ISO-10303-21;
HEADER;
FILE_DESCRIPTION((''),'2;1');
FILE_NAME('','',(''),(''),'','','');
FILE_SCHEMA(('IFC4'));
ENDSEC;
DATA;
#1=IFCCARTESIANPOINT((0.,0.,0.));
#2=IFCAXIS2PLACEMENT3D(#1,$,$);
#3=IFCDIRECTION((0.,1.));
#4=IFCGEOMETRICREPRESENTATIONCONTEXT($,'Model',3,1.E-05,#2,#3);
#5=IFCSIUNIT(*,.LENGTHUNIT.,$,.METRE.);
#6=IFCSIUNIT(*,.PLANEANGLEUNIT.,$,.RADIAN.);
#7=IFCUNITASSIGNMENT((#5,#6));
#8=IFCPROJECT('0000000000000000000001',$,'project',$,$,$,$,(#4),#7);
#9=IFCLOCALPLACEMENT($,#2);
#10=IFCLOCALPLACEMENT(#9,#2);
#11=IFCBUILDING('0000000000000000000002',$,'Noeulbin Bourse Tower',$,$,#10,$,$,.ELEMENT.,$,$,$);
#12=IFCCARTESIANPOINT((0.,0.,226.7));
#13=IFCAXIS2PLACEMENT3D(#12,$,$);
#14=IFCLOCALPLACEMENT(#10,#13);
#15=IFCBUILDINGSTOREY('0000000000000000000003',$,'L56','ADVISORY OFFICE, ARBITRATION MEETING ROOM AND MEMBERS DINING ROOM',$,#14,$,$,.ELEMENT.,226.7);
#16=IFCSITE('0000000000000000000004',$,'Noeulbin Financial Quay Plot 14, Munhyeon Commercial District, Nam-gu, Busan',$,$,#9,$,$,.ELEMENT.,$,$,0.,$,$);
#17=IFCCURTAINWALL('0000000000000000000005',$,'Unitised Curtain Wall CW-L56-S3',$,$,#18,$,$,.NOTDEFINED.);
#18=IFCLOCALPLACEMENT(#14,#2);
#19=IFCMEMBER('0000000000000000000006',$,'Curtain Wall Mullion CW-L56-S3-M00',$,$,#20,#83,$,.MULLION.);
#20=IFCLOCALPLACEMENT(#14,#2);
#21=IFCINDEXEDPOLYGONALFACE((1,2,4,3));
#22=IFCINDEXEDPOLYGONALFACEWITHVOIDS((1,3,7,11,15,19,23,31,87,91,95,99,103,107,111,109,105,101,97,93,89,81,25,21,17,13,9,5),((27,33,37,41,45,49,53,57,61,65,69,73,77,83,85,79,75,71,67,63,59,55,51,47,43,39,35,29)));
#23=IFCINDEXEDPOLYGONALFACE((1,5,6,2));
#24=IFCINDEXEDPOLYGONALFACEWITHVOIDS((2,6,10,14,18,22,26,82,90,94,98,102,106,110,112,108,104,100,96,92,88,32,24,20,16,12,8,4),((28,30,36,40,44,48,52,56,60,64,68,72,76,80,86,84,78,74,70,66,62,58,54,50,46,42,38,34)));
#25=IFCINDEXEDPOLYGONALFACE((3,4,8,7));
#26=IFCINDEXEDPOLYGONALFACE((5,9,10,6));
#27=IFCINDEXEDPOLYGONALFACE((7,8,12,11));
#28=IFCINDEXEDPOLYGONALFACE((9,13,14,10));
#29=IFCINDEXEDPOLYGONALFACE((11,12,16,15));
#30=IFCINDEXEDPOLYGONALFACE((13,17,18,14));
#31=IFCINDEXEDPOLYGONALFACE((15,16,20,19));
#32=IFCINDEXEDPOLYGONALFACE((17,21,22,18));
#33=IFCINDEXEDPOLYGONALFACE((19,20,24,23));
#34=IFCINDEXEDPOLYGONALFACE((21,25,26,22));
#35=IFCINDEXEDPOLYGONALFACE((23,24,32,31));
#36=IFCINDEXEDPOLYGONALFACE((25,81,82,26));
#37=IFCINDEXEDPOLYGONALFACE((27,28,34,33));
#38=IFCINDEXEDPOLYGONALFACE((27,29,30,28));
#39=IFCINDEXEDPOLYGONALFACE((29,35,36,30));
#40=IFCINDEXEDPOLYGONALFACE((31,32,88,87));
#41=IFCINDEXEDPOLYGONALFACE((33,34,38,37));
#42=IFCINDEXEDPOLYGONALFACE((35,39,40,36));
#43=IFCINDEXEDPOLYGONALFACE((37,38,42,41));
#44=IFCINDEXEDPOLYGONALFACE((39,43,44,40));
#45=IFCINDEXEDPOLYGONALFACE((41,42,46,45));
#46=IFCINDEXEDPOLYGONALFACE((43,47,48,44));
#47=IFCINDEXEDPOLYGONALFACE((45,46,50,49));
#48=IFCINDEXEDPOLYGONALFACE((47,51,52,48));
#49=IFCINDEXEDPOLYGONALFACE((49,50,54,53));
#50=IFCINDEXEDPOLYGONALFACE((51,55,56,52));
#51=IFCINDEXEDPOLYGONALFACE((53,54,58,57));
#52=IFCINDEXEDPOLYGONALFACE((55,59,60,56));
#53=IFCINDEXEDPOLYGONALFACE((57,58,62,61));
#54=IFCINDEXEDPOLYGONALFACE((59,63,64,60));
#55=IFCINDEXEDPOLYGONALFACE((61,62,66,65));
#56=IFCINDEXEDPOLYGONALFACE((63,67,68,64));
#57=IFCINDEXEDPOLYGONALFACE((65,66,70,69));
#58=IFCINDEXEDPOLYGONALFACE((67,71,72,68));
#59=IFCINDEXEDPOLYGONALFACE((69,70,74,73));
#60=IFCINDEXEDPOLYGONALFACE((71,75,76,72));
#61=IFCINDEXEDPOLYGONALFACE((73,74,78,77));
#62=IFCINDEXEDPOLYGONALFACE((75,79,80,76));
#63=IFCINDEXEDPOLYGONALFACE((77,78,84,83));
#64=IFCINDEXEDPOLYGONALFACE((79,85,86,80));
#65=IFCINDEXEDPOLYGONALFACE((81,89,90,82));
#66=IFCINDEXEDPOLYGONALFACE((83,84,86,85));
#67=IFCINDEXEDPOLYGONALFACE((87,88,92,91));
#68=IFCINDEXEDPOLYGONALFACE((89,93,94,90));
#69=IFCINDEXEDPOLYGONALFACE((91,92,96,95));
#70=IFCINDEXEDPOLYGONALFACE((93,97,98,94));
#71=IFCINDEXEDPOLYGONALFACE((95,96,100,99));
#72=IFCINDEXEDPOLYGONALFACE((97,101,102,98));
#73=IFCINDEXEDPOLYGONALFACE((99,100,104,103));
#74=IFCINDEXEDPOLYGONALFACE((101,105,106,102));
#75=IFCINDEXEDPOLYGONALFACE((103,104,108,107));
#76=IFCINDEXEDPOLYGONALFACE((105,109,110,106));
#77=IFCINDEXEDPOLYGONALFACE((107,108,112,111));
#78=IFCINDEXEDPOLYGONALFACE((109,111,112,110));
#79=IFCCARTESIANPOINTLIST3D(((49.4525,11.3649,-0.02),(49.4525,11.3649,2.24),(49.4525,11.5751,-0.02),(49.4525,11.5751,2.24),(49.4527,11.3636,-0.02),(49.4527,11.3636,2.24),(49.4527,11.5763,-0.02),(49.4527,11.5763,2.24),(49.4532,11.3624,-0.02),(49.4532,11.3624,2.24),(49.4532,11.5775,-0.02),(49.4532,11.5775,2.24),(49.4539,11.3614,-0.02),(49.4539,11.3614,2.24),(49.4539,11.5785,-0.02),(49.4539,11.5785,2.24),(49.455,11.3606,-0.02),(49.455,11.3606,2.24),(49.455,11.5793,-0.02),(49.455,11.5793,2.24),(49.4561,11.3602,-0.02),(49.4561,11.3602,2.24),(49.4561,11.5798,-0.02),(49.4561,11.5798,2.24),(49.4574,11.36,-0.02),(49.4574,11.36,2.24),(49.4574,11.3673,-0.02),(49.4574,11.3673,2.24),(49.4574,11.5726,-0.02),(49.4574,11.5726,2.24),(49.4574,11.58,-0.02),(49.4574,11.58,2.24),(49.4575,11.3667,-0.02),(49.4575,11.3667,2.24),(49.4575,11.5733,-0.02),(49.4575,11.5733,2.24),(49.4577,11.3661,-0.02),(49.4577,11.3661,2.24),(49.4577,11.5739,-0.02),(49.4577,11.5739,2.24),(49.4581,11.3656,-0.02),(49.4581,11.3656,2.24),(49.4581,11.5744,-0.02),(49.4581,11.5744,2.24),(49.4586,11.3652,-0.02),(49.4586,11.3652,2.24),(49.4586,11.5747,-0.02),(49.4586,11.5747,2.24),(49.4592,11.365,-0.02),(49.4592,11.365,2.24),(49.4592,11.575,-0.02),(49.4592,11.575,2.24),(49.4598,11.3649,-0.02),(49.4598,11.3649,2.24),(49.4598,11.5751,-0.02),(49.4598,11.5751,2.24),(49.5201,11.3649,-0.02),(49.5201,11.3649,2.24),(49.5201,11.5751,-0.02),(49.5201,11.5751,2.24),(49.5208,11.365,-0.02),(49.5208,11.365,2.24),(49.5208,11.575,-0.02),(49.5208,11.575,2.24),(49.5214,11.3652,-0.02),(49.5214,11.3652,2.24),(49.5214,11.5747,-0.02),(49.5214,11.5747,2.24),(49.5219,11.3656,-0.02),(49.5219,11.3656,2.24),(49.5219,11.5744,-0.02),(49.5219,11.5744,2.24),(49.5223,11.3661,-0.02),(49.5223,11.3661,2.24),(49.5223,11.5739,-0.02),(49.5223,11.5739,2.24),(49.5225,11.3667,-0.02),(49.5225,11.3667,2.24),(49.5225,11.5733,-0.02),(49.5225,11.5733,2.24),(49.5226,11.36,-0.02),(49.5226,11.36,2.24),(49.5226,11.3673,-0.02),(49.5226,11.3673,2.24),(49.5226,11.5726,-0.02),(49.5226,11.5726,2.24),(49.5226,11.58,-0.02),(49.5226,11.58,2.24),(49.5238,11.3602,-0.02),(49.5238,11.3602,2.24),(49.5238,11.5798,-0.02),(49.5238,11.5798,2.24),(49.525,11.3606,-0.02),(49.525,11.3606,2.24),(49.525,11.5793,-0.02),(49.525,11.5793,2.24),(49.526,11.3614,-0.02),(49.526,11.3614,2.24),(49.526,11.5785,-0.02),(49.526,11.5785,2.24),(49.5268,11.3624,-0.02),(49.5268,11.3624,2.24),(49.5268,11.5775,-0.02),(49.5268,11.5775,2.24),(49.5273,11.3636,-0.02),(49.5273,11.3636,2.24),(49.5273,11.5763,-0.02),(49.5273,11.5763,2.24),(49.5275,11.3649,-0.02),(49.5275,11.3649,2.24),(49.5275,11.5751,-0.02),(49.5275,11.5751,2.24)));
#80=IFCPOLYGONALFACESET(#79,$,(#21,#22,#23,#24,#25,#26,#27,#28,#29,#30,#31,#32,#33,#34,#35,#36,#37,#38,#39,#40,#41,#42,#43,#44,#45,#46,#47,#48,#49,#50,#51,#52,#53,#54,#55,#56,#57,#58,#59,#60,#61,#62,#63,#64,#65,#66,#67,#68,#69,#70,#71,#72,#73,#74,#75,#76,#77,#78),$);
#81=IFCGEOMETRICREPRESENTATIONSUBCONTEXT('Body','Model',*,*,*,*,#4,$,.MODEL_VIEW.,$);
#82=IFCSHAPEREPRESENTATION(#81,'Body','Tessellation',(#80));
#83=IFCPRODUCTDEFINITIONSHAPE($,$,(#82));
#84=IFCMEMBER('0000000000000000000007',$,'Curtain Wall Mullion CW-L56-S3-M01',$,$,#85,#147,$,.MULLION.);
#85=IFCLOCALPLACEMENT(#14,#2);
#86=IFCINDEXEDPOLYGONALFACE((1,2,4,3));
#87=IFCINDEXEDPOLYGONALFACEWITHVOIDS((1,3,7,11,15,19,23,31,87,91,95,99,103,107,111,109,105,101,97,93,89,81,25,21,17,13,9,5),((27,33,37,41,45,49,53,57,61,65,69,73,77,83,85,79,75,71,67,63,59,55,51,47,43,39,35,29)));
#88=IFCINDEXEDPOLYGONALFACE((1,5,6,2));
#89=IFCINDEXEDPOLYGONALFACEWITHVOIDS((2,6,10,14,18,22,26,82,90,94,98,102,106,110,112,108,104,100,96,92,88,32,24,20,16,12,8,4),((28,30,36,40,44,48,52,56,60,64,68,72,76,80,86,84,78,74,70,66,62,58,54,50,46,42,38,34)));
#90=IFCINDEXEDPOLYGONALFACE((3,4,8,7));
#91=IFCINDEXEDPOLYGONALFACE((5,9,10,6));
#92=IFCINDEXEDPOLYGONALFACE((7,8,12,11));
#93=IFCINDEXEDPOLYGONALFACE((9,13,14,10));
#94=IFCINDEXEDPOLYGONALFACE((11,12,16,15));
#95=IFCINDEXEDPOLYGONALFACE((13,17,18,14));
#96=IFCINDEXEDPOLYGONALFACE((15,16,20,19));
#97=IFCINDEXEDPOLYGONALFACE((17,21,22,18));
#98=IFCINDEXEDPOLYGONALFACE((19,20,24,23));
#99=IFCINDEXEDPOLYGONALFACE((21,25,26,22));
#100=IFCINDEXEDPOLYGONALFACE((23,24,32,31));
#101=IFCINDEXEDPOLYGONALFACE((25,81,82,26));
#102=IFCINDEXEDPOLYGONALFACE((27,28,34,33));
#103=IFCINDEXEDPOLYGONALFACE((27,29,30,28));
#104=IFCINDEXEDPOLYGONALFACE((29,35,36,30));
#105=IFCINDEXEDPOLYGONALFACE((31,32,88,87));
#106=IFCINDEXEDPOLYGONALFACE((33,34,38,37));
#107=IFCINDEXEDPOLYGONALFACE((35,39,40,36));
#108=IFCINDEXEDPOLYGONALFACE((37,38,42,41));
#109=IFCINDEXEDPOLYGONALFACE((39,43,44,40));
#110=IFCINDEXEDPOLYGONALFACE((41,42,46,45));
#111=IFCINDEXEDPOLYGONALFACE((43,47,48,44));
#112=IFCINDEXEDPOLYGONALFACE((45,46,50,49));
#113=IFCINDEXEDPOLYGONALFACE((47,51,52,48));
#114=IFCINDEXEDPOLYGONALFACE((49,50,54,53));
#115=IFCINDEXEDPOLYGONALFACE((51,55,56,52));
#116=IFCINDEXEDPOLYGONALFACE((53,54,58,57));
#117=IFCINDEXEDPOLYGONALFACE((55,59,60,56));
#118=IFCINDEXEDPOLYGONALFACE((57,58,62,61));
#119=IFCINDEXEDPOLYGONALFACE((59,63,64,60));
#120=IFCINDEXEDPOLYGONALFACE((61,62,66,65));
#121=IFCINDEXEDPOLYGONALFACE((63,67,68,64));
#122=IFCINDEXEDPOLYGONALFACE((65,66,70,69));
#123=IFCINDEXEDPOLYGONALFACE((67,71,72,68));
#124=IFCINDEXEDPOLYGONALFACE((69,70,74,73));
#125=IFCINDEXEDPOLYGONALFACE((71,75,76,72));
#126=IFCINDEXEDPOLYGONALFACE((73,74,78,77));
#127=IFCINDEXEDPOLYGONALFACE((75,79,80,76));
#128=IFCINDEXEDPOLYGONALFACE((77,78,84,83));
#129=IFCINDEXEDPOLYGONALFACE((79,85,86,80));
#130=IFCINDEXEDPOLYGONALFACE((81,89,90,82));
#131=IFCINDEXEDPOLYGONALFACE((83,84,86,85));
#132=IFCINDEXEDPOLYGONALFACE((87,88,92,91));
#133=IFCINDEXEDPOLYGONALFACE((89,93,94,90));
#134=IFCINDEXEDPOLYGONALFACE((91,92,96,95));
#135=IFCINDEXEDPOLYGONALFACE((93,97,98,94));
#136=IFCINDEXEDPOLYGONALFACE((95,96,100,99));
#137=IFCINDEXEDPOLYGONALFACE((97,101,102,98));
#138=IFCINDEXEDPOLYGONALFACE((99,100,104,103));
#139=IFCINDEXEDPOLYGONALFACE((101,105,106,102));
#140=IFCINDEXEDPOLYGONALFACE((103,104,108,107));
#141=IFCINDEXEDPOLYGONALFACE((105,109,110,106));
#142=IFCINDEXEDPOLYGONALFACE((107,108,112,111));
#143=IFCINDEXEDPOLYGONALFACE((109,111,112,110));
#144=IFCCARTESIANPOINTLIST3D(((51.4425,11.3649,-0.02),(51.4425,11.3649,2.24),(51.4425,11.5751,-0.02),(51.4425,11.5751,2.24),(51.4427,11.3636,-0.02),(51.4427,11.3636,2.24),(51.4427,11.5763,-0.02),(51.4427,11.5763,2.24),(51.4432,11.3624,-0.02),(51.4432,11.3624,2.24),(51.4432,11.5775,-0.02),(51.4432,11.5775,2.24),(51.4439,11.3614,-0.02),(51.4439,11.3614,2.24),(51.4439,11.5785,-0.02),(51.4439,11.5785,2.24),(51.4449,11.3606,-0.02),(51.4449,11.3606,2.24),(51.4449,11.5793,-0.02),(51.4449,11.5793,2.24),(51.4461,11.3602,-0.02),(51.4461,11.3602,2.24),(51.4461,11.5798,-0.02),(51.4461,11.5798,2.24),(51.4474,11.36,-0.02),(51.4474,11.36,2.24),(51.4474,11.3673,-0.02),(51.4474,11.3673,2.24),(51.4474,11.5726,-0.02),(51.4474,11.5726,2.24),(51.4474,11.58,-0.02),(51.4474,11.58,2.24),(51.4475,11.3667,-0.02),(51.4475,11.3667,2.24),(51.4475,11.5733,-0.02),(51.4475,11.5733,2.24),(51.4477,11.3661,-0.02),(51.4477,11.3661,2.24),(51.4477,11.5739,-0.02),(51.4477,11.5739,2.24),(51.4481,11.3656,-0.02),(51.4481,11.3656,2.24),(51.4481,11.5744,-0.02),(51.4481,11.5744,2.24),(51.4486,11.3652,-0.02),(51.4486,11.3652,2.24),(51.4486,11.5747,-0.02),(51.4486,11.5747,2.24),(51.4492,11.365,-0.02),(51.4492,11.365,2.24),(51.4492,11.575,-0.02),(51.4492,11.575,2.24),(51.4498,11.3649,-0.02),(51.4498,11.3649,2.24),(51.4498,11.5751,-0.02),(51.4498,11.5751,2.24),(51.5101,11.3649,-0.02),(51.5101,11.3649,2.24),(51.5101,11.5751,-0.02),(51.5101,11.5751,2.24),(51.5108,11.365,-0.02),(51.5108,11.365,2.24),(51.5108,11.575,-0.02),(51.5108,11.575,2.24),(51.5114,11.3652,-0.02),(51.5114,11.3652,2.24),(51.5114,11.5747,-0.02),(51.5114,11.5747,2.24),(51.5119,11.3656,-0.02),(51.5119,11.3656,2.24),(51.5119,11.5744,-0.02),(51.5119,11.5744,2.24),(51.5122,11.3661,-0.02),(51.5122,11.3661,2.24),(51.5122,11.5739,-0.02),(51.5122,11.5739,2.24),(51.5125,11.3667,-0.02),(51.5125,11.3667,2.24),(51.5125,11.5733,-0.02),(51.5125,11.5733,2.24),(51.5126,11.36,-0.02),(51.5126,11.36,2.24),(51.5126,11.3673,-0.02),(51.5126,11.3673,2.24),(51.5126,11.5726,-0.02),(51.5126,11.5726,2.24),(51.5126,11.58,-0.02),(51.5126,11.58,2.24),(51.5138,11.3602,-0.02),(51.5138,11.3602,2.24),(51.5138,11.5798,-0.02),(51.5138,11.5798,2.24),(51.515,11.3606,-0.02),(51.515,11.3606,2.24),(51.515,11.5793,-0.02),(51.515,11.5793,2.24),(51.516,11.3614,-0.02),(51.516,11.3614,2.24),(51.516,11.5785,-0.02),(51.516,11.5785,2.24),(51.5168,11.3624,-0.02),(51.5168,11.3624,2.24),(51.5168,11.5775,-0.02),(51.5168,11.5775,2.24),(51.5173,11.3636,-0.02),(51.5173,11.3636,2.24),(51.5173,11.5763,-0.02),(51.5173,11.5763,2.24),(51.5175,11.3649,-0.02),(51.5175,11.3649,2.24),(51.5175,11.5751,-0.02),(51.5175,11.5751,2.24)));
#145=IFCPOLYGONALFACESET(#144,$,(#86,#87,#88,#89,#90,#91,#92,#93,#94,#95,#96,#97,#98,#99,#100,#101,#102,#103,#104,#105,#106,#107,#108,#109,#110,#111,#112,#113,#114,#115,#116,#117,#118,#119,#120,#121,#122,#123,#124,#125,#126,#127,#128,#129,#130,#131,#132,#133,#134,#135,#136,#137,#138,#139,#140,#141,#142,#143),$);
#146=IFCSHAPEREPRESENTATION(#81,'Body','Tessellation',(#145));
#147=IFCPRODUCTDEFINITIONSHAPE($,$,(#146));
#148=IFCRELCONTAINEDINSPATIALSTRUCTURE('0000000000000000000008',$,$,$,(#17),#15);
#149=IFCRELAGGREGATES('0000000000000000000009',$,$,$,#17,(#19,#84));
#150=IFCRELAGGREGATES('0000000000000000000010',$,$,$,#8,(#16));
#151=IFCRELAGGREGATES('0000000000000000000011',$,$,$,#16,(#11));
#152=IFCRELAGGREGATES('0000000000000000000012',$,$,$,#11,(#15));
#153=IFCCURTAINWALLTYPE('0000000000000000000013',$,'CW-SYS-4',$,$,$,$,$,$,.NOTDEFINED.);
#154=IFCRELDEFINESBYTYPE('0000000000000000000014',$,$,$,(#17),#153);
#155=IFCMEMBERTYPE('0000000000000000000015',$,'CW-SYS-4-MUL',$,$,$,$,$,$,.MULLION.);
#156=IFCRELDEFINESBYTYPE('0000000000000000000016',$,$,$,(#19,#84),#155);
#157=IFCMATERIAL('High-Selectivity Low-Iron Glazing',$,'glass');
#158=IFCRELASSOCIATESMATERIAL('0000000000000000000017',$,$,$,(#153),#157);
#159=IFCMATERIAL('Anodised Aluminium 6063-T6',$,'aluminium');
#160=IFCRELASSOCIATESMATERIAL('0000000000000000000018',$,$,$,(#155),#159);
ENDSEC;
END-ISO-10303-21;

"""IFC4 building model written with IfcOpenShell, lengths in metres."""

from ifc_helpers import new_model, si_unit, direction, frame, origin, origin_2d, place, context, subcontext, project, spatial, hollow_rectangle, extrude, material, material_profile, profile_set, type_object, element, aggregate, save


model = new_model("IFC4")

# Units and contexts
model_context = context("Model", 3, precision=1e-05, world=origin(), true_north=direction((0.0, 1.0)))
body_context = subcontext(model_context, "Body", "Model", "MODEL_VIEW")
ifc_project = project(units=[si_unit("LENGTHUNIT", "METRE"), si_unit("PLANEANGLEUNIT", "RADIAN")], contexts=[model_context])

# Site, building, storey
site_placement = place(None, origin())
site = spatial("IfcSite", under=ifc_project, at=site_placement, Name="Noeulbin Financial Quay Plot 14, Munhyeon Commercial District, Nam-gu, Busan", CompositionType="ELEMENT", RefElevation=0.0)
building_placement = place(site_placement, origin())
building = spatial("IfcBuilding", under=site, at=building_placement, Name="Noeulbin Bourse Tower", CompositionType="ELEMENT")
storey_placement = place(building_placement, frame((0.0, 0.0, 226.7)))
storey = spatial("IfcBuildingStorey", under=building, at=storey_placement, Name="L56", Description="ADVISORY OFFICE, ARBITRATION MEETING ROOM AND MEMBERS DINING ROOM", CompositionType="ELEMENT", Elevation=226.7)

# Shared definitions
ifc_material_1 = material(Name="High-Selectivity Low-Iron Glazing", Category="glass")
curtain_wall_type = type_object("IfcCurtainWallType", Name="CW-SYS-4", PredefinedType="NOTDEFINED", material=ifc_material_1)
ifc_material_2 = material(Name="Anodised Aluminium 6063-T6", Category="aluminium")
ifc_material_profile_1 = material_profile(ifc_material_2, hollow_rectangle(XDim=0.075, YDim=0.22, WallThickness=0.0049, InnerFilletRadius=0.0024, OuterFilletRadius=0.0049, at=origin_2d()), Name="ALU-MULL-75x220x5", Category="LoadBearing")
ifc_profile_set_1 = profile_set([ifc_material_profile_1], Name="Anodised Aluminium 6063-T6")
member_type_1 = type_object("IfcMemberType", Name="CW-SYS-4-MUL", PredefinedType="MULLION", material=ifc_profile_set_1)

# Curtain wall, members
curtain_wall_1_placement = place(storey_placement, origin())
curtain_wall_1 = element("IfcCurtainWall", 1, at=curtain_wall_1_placement, inside=storey, type_object=curtain_wall_type, Name="Unitised Curtain Wall CW-L56-S3", PredefinedType="NOTDEFINED")
member_1_placement = place(storey_placement, frame((49.49, 11.47, -0.02), z_axis=(0.0, 0.0, 1.0), x_axis=(1.0, 0.0, 0.0)))
member_1 = element("IfcMember", 2, at=member_1_placement, type_object=member_type_1, Name="Curtain Wall Mullion CW-L56-S3-M00", PredefinedType="MULLION", context=body_context, shape_type="SweptSolid", body=[
    extrude(hollow_rectangle(XDim=0.075, YDim=0.22, WallThickness=0.0049, InnerFilletRadius=0.0024, OuterFilletRadius=0.0049, at=origin_2d()), origin(), (0.0, 0.0, 1.0), 2.26),
])
member_2_placement = place(storey_placement, frame((51.48, 11.47, -0.02), z_axis=(0.0, 0.0, 1.0), x_axis=(1.0, 0.0, 0.0)))
member_2 = element("IfcMember", 3, at=member_2_placement, type_object=member_type_1, Name="Curtain Wall Mullion CW-L56-S3-M01", PredefinedType="MULLION", context=body_context, shape_type="SweptSolid", body=[
    extrude(hollow_rectangle(XDim=0.075, YDim=0.22, WallThickness=0.0049, InnerFilletRadius=0.0024, OuterFilletRadius=0.0049, at=origin_2d()), origin(), (0.0, 0.0, 1.0), 2.26),
])

aggregate(curtain_wall_1, [member_1, member_2])

save(model, "model.ifc")
